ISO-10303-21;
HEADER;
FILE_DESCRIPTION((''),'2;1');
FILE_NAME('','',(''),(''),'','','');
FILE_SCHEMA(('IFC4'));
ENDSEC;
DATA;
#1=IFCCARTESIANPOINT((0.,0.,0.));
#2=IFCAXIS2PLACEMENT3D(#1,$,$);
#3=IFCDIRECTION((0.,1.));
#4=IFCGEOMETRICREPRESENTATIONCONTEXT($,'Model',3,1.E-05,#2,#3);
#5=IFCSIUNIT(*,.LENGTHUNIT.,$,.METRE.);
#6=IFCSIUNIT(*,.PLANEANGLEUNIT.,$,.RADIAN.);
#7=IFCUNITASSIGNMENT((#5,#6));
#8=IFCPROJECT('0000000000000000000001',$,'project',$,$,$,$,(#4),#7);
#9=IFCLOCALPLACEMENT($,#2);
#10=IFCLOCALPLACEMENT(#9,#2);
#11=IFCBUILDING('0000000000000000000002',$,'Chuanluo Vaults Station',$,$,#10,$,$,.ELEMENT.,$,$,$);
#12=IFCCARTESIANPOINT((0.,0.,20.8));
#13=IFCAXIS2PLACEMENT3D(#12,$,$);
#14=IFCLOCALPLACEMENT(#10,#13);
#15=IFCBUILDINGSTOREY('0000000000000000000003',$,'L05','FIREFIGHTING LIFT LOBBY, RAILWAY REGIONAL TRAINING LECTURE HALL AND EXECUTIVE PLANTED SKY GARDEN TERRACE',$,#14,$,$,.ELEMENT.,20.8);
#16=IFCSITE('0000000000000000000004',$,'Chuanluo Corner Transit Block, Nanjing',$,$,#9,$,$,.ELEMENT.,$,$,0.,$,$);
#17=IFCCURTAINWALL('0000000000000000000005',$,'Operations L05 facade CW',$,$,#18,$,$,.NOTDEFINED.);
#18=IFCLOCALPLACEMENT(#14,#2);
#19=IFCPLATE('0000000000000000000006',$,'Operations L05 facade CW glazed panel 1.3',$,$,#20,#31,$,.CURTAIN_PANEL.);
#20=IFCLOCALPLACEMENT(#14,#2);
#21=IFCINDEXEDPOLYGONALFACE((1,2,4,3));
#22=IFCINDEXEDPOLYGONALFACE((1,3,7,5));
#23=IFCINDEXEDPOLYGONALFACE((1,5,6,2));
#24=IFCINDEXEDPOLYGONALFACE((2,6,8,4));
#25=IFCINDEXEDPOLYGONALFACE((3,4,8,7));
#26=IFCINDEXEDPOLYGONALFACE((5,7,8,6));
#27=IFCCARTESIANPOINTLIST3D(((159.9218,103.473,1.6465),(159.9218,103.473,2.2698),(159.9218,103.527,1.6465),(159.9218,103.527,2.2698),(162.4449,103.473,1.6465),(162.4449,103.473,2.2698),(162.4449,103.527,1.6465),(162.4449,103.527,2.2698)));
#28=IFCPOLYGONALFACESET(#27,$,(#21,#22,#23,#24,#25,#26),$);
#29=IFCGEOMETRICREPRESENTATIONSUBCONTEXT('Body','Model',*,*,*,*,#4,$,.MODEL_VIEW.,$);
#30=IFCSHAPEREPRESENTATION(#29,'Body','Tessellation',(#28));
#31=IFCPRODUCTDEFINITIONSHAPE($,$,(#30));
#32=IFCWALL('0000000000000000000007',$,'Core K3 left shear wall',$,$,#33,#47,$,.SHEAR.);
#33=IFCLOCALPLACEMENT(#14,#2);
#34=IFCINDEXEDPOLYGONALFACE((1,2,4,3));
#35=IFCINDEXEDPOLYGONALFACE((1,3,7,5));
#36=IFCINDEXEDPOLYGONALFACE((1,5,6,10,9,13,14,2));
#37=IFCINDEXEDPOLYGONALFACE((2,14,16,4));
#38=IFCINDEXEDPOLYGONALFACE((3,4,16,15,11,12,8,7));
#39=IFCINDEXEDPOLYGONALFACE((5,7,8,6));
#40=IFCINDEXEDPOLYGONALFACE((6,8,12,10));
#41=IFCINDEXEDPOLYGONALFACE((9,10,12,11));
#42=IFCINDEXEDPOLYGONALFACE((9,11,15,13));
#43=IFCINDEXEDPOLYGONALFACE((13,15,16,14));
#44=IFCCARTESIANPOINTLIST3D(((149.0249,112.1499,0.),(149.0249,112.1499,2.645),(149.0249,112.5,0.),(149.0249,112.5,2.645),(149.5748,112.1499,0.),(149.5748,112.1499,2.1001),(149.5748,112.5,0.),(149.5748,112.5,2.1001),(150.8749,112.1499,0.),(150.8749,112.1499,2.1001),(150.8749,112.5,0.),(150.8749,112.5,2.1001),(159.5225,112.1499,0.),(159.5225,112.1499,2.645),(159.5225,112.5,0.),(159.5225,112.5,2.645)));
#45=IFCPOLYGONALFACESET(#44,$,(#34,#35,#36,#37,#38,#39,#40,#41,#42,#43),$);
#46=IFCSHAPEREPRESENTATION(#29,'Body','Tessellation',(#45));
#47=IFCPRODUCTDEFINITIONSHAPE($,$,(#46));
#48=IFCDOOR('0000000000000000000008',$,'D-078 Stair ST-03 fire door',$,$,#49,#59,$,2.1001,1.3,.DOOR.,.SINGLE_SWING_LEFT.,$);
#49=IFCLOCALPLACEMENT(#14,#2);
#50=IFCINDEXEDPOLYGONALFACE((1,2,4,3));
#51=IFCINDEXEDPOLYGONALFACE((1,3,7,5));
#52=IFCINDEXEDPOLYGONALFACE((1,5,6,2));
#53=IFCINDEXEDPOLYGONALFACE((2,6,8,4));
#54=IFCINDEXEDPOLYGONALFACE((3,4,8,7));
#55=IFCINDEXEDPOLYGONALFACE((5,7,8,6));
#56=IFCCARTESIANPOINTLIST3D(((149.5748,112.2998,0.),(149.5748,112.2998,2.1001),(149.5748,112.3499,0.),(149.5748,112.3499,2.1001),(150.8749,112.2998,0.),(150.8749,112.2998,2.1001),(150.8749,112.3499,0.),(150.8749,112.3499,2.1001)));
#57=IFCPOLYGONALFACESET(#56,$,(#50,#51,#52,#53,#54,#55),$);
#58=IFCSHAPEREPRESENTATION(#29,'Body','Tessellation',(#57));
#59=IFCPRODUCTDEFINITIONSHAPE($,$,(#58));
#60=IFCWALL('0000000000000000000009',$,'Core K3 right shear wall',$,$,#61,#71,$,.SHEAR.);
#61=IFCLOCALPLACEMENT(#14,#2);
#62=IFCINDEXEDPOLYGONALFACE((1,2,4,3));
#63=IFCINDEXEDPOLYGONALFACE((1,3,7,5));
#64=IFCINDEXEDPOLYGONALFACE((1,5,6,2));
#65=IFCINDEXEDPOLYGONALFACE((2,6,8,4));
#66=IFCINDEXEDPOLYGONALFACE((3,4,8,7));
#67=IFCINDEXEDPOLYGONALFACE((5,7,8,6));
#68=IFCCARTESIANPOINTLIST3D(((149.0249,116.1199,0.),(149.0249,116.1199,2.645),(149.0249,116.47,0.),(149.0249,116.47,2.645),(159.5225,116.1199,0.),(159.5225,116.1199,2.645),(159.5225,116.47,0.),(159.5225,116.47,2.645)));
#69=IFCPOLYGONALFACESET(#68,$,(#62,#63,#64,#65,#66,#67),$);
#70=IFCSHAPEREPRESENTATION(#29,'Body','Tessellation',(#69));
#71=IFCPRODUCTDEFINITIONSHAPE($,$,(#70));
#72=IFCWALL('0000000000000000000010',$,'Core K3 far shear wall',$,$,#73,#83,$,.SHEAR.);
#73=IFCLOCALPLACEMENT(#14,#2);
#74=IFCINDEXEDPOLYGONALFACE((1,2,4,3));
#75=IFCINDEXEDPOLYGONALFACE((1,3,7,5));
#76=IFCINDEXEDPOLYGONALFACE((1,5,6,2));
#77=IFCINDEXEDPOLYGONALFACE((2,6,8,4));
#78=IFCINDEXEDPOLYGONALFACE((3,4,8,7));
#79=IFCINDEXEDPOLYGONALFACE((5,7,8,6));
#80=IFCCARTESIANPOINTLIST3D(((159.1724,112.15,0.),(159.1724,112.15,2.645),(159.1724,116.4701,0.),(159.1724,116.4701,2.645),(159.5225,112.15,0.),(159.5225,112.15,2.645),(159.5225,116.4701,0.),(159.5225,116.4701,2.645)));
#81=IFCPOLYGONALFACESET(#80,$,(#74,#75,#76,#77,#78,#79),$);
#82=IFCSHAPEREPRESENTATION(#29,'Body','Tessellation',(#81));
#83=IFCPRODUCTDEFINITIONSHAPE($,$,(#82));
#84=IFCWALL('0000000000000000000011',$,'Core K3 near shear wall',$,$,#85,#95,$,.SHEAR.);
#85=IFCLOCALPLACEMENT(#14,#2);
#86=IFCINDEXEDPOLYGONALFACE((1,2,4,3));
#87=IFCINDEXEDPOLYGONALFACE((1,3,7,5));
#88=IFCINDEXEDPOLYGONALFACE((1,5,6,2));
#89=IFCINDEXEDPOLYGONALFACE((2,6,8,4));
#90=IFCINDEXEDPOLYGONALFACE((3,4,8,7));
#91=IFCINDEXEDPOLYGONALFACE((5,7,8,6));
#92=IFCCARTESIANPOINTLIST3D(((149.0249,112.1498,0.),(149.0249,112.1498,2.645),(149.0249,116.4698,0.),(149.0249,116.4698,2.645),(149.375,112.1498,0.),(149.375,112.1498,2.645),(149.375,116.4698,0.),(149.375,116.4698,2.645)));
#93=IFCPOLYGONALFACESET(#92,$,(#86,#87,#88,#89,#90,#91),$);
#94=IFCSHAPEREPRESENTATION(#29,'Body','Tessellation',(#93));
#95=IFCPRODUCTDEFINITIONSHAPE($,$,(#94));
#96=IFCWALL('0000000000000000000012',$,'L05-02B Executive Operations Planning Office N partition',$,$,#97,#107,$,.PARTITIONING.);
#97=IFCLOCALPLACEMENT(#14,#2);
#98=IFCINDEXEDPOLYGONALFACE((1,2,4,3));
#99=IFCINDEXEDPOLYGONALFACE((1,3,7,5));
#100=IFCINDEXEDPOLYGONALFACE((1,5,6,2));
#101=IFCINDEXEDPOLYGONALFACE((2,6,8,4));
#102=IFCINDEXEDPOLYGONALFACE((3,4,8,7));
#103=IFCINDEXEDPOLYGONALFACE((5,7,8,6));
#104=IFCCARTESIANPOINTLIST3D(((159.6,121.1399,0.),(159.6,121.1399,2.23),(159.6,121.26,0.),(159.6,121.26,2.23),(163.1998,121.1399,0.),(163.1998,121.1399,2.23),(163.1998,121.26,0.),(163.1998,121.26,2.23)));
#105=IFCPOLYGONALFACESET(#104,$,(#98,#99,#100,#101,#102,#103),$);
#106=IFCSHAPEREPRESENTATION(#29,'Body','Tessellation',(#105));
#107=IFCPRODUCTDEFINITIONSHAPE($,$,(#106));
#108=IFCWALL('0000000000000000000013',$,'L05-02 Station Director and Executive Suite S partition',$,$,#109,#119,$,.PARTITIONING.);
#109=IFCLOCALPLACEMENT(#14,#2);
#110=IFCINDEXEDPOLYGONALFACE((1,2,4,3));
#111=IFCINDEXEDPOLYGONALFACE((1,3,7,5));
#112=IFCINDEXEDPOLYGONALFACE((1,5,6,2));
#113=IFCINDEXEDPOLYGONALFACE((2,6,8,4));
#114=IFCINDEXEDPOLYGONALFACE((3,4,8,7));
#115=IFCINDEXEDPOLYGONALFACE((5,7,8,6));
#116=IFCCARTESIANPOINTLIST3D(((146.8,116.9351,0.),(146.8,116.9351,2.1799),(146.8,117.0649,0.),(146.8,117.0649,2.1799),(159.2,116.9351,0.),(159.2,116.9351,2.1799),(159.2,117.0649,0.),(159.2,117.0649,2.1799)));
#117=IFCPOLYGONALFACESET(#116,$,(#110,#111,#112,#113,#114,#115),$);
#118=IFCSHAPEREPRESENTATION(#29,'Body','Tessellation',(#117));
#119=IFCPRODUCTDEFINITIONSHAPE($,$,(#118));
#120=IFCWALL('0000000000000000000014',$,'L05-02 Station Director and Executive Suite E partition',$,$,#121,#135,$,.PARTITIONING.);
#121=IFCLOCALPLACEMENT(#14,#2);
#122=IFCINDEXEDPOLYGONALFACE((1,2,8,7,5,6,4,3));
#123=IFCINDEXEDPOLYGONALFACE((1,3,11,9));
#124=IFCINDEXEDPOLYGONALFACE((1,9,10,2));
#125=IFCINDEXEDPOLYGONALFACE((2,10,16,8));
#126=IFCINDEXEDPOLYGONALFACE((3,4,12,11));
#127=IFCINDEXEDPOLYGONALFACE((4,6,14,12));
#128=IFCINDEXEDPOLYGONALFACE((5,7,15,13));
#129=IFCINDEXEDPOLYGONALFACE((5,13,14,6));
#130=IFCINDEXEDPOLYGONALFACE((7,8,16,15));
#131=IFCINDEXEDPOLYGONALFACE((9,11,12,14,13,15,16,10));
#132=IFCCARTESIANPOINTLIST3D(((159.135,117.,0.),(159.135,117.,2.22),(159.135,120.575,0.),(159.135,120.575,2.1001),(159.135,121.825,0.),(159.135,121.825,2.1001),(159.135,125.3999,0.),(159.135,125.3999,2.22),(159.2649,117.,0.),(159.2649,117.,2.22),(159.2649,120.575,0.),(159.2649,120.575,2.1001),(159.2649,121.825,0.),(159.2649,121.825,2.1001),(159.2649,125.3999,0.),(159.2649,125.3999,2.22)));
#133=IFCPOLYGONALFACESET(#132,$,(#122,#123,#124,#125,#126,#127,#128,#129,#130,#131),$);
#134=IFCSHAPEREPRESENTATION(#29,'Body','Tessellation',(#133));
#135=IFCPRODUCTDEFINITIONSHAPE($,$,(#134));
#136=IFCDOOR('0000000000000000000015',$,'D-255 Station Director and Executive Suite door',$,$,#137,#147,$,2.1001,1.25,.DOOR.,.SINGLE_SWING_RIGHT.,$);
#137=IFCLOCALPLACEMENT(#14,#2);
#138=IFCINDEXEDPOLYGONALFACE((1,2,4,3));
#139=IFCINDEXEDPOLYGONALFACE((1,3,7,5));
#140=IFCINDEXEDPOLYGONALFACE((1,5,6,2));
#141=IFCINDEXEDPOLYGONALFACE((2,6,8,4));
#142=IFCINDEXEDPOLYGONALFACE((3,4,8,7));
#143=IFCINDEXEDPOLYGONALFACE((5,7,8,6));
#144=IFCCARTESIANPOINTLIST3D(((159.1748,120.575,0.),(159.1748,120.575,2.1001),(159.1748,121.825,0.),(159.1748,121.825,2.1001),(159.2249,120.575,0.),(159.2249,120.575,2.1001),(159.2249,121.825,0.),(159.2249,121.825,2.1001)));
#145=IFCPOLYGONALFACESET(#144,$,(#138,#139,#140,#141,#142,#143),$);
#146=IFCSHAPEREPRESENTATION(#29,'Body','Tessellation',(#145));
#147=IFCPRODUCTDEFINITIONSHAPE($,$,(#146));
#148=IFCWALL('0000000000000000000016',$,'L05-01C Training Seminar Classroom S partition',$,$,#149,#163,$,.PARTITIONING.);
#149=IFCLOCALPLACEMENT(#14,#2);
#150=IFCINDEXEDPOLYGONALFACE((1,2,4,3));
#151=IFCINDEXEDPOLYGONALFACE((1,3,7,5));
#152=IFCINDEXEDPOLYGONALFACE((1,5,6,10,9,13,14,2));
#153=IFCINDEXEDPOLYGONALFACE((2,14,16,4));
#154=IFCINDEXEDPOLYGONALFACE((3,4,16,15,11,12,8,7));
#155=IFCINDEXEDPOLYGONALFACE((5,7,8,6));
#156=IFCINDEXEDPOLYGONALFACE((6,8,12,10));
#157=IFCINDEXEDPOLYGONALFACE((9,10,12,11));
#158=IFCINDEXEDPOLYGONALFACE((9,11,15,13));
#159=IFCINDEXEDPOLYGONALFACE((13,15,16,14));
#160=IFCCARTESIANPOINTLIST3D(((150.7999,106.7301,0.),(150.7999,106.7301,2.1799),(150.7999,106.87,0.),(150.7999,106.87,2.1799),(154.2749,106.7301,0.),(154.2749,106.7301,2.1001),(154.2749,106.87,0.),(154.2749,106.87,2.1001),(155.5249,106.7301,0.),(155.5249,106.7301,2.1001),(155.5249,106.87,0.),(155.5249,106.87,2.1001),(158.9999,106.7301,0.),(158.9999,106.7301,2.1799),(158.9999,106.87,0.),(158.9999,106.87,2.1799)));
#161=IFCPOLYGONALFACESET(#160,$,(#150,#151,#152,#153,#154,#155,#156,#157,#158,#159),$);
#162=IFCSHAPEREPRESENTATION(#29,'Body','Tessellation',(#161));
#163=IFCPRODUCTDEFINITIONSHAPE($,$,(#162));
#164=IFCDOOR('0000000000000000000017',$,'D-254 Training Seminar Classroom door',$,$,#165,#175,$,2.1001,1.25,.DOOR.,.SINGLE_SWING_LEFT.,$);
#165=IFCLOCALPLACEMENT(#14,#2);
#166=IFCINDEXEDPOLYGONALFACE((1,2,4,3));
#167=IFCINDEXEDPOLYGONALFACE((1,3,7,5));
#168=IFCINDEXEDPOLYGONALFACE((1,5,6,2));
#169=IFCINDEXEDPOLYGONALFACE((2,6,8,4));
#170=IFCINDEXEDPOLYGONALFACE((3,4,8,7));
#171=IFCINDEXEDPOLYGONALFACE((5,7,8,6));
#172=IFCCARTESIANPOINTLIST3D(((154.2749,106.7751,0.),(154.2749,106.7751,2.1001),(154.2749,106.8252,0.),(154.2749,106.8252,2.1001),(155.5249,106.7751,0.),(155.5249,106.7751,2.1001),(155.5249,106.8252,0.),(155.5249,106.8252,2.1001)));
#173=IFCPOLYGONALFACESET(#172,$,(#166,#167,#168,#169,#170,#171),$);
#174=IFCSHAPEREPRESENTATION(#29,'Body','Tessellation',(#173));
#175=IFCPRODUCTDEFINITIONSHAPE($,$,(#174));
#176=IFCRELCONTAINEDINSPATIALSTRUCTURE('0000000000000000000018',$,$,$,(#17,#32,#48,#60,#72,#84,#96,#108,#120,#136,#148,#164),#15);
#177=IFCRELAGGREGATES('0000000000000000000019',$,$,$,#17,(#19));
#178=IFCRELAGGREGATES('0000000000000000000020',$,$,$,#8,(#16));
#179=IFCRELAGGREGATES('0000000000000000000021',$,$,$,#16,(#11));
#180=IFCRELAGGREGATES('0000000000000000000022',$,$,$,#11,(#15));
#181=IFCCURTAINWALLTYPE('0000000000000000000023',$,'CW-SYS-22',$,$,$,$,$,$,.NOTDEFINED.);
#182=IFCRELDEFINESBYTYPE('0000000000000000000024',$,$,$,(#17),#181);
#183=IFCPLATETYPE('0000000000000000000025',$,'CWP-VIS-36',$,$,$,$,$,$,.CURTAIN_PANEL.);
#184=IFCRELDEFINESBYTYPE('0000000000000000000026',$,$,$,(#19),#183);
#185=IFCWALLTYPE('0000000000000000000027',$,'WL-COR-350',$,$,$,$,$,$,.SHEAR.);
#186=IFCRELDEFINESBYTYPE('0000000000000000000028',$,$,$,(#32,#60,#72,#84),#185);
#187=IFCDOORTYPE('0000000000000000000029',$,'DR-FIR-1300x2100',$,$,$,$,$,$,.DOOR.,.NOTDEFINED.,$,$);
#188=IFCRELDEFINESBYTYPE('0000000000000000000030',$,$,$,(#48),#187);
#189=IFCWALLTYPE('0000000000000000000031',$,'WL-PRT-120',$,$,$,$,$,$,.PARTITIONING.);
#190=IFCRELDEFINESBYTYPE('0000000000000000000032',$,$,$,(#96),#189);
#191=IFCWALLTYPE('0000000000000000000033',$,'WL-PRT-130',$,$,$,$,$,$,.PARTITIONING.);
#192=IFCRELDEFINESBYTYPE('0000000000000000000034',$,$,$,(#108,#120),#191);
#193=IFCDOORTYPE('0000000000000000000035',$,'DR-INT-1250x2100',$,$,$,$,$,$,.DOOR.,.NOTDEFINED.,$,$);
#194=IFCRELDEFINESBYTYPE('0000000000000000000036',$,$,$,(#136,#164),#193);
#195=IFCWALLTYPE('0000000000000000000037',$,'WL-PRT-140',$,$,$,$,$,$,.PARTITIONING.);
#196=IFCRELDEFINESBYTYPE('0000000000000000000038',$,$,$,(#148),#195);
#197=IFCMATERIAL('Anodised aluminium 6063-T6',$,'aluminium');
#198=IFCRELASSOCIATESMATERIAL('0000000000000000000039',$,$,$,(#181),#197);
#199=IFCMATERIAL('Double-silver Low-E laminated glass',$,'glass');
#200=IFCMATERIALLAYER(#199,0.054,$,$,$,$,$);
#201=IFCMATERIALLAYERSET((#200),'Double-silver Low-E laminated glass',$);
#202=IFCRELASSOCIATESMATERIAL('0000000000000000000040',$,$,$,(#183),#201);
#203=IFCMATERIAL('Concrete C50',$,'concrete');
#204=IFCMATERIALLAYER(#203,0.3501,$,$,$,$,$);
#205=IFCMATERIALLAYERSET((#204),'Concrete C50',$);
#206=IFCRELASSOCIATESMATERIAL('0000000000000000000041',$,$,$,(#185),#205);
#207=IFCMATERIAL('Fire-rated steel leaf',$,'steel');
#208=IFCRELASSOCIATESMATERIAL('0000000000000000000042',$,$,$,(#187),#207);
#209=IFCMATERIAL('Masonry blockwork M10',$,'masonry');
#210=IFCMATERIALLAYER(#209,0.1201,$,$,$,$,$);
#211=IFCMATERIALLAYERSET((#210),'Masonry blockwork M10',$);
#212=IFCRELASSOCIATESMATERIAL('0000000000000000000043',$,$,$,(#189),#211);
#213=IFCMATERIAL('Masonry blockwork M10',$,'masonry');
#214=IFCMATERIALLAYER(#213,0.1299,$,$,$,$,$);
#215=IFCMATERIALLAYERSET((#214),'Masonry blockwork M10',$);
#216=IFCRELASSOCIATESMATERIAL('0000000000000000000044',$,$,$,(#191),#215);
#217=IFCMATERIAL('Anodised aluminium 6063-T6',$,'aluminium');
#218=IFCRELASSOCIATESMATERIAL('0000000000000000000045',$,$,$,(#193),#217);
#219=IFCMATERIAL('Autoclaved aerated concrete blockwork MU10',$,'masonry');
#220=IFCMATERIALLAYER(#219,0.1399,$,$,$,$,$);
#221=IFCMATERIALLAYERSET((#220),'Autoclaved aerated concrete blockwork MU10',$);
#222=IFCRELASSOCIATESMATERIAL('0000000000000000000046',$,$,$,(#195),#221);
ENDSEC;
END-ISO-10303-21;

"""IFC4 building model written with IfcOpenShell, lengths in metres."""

from ifc_helpers import new_model, si_unit, direction, frame, frame_2d, origin, origin_2d, place, context, subcontext, project, spatial, rectangle, extrude, material, layer, layer_set, type_object, element, fill, aggregate, save


model = new_model("IFC4")

# Units and contexts
model_context = context("Model", 3, precision=1e-05, world=origin(), true_north=direction((0.0, 1.0)))
body_context = subcontext(model_context, "Body", "Model", "MODEL_VIEW")
ifc_project = project(units=[si_unit("LENGTHUNIT", "METRE"), si_unit("PLANEANGLEUNIT", "RADIAN")], contexts=[model_context])

# Site, building, storey
site_placement = place(None, origin())
site = spatial("IfcSite", under=ifc_project, at=site_placement, Name="Chuanluo Corner Transit Block, Nanjing", CompositionType="ELEMENT", RefElevation=0.0)
building_placement = place(site_placement, origin())
building = spatial("IfcBuilding", under=site, at=building_placement, Name="Chuanluo Vaults Station", CompositionType="ELEMENT")
storey_placement = place(building_placement, frame((0.0, 0.0, 20.8)))
storey = spatial("IfcBuildingStorey", under=building, at=storey_placement, Name="L05", Description="FIREFIGHTING LIFT LOBBY, RAILWAY REGIONAL TRAINING LECTURE HALL AND EXECUTIVE PLANTED SKY GARDEN TERRACE", CompositionType="ELEMENT", Elevation=20.8)

# Curtain wall, plate
ifc_material_1 = material(Name="Anodised aluminium 6063-T6", Category="aluminium")
curtain_wall_type_1 = type_object("IfcCurtainWallType", Name="CW-SYS-22", PredefinedType="NOTDEFINED", material=ifc_material_1)
curtain_wall_1_placement = place(storey_placement, origin())
curtain_wall_1 = element("IfcCurtainWall", 1, at=curtain_wall_1_placement, inside=storey, type_object=curtain_wall_type_1, Name="Operations L05 facade CW", PredefinedType="NOTDEFINED")
ifc_material_2 = material(Name="Double-silver Low-E laminated glass", Category="glass")
ifc_layer_1 = layer(ifc_material_2, 0.054)
ifc_layer_set_1 = layer_set([ifc_layer_1], Name="Double-silver Low-E laminated glass")
plate_type_1 = type_object("IfcPlateType", Name="CWP-VIS-36", PredefinedType="CURTAIN_PANEL", material=ifc_layer_set_1)
plate_1_placement = place(storey_placement, frame((161.1833, 103.5, 1.6465), z_axis=(0.0, 0.0, 1.0), x_axis=(-1.0, 0.0, 0.0)))
plate_1 = element("IfcPlate", 2, at=plate_1_placement, type_object=plate_type_1, Name="Operations L05 facade CW glazed panel 1.3", PredefinedType="CURTAIN_PANEL", context=body_context, shape_type="SweptSolid", body=[
    extrude(rectangle(XDim=2.5232, YDim=0.054, at=origin_2d()), origin(), (0.0, 0.0, 1.0), 0.6233),
])
aggregate(curtain_wall_1, [plate_1])

# Wall, opening, door
ifc_material_3 = material(Name="Concrete C50", Category="concrete")
ifc_layer_2 = layer(ifc_material_3, 0.3501)
ifc_layer_set_2 = layer_set([ifc_layer_2], Name="Concrete C50")
wall_type_1 = type_object("IfcWallType", Name="WL-COR-350", PredefinedType="SHEAR", material=ifc_layer_set_2)
wall_1_placement = place(storey_placement, frame((149.0249, 112.325, 0.0), z_axis=(0.0, 0.0, 1.0), x_axis=(1.0, 0.0, 0.0)))
wall_1 = element("IfcWall", 3, at=wall_1_placement, inside=storey, type_object=wall_type_1, Name="Core K3 left shear wall", PredefinedType="SHEAR", context=body_context, shape_type="SweptSolid", body=[
    extrude(rectangle(XDim=10.4976, YDim=0.3501, at=frame_2d((5.2488, 0.0))), origin(), (0.0, 0.0, 1.0), 2.645),
])
opening_1_placement = place(wall_1_placement, frame((0.55, 0.0, 0.0)))
opening_1 = element("IfcOpeningElement", 4, at=opening_1_placement, cuts=wall_1, PredefinedType="OPENING", context=body_context, shape_type="SweptSolid", body=[
    extrude(rectangle(XDim=1.3, YDim=2.1001, at=frame_2d((0.6499, 1.05))), frame((0.0, 0.185, 0.0), z_axis=(0.0, -1.0, 0.0), x_axis=(1.0, 0.0, 0.0)), (0.0, 0.0, 1.0), 0.3701),
])
ifc_material_4 = material(Name="Fire-rated steel leaf", Category="steel")
door_type_1 = type_object("IfcDoorType", Name="DR-FIR-1300x2100", OperationType="NOTDEFINED", PredefinedType="DOOR", material=ifc_material_4)
door_1_placement = place(opening_1_placement, origin())
door_1 = element("IfcDoor", 5, at=door_1_placement, inside=storey, type_object=door_type_1, Name="D-078 Stair ST-03 fire door", OperationType="SINGLE_SWING_LEFT", OverallHeight=2.1001, OverallWidth=1.3, PredefinedType="DOOR", context=body_context, shape_type="SweptSolid", body=[
    extrude(rectangle(XDim=1.3, YDim=2.1001, at=frame_2d((0.6499, 1.05))), frame((0.0, 0.0249, 0.0), z_axis=(0.0, -1.0, 0.0), x_axis=(1.0, 0.0, 0.0)), (0.0, 0.0, 1.0), 0.05),
])
fill(opening_1, door_1)

# Walls
wall_2_placement = place(storey_placement, frame((159.5225, 116.2949, 0.0), z_axis=(0.0, 0.0, 1.0), x_axis=(-1.0, 0.0, 0.0)))
element("IfcWall", 6, at=wall_2_placement, inside=storey, type_object=wall_type_1, Name="Core K3 right shear wall", PredefinedType="SHEAR", context=body_context, shape_type="SweptSolid", body=[
    extrude(rectangle(XDim=10.4976, YDim=0.3501, at=frame_2d((5.2488, 0.0))), origin(), (0.0, 0.0, 1.0), 2.645),
])
for number, where, z_axis, x_axis, name in (
    (7, (159.3474, 112.1499, 0.0), (0.0, 0.0, 1.0), (0.0, 1.0, 0.0), "Core K3 far shear wall"),
    (8, (149.2, 116.47, 0.0), (0.0, 0.0, 1.0), (0.0, -1.0, 0.0), "Core K3 near shear wall"),
):
    element("IfcWall", number, at=place(storey_placement, frame(where, z_axis=z_axis, x_axis=x_axis)), inside=storey, type_object=wall_type_1, Name=name, PredefinedType="SHEAR", context=body_context, shape_type="SweptSolid", body=[
        extrude(rectangle(XDim=4.3201, YDim=0.3501, at=frame_2d((2.1602, 0.0))), origin(), (0.0, 0.0, 1.0), 2.645),
    ])
ifc_material_5 = material(Name="Masonry blockwork M10", Category="masonry")
ifc_layer_3 = layer(ifc_material_5, 0.1201)
ifc_layer_set_3 = layer_set([ifc_layer_3], Name="Masonry blockwork M10")
wall_type_2 = type_object("IfcWallType", Name="WL-PRT-120", PredefinedType="PARTITIONING", material=ifc_layer_set_3)
wall_3_placement = place(storey_placement, frame((159.6001, 121.2, 0.0), z_axis=(0.0, 0.0, 1.0), x_axis=(1.0, 0.0, 0.0)))
element("IfcWall", 9, at=wall_3_placement, inside=storey, type_object=wall_type_2, Name="L05-02B Executive Operations Planning Office N partition", PredefinedType="PARTITIONING", context=body_context, shape_type="SweptSolid", body=[
    extrude(rectangle(XDim=3.5999, YDim=0.1201, at=frame_2d((1.7998, 0.0))), origin(), (0.0, 0.0, 1.0), 2.23),
])
ifc_material_6 = material(Name="Masonry blockwork M10", Category="masonry")
ifc_layer_4 = layer(ifc_material_6, 0.1299)
ifc_layer_set_4 = layer_set([ifc_layer_4], Name="Masonry blockwork M10")
wall_type_3 = type_object("IfcWallType", Name="WL-PRT-130", PredefinedType="PARTITIONING", material=ifc_layer_set_4)
wall_4_placement = place(storey_placement, frame((159.2, 117.0, 0.0), z_axis=(0.0, 0.0, 1.0), x_axis=(-1.0, 0.0, 0.0)))
element("IfcWall", 10, at=wall_4_placement, inside=storey, type_object=wall_type_3, Name="L05-02 Station Director and Executive Suite S partition", PredefinedType="PARTITIONING", context=body_context, shape_type="SweptSolid", body=[
    extrude(rectangle(XDim=12.3999, YDim=0.1299, at=frame_2d((6.2, 0.0))), origin(), (0.0, 0.0, 1.0), 2.1799),
])

# Walls, openings, doors
wall_5_placement = place(storey_placement, frame((159.2, 125.3999, 0.0), z_axis=(0.0, 0.0, 1.0), x_axis=(0.0, -1.0, 0.0)))
wall_5 = element("IfcWall", 11, at=wall_5_placement, inside=storey, type_object=wall_type_3, Name="L05-02 Station Director and Executive Suite E partition", PredefinedType="PARTITIONING", context=body_context, shape_type="SweptSolid", body=[
    extrude(rectangle(XDim=8.3999, YDim=0.1299, at=frame_2d((4.2, 0.0))), origin(), (0.0, 0.0, 1.0), 2.22),
])
opening_2_placement = place(wall_5_placement, frame((3.575, 0.0, 0.0)))
opening_2 = element("IfcOpeningElement", 12, at=opening_2_placement, cuts=wall_5, PredefinedType="OPENING", context=body_context, shape_type="SweptSolid", body=[
    extrude(rectangle(XDim=1.25, YDim=2.1001, at=frame_2d((0.625, 1.05))), frame((0.0, 0.0749, 0.0), z_axis=(0.0, -1.0, 0.0), x_axis=(1.0, 0.0, 0.0)), (0.0, 0.0, 1.0), 0.1499),
])
ifc_material_7 = material(Name="Anodised aluminium 6063-T6", Category="aluminium")
door_type_2 = type_object("IfcDoorType", Name="DR-INT-1250x2100", OperationType="NOTDEFINED", PredefinedType="DOOR", material=ifc_material_7)
door_2_placement = place(opening_2_placement, origin())
door_2 = element("IfcDoor", 13, at=door_2_placement, inside=storey, type_object=door_type_2, Name="D-255 Station Director and Executive Suite door", OperationType="SINGLE_SWING_RIGHT", OverallHeight=2.1001, OverallWidth=1.25, PredefinedType="DOOR", context=body_context, shape_type="SweptSolid", body=[
    extrude(rectangle(XDim=1.25, YDim=2.1001, at=frame_2d((0.625, 1.05))), frame((0.0, 0.0249, 0.0), z_axis=(0.0, -1.0, 0.0), x_axis=(1.0, 0.0, 0.0)), (0.0, 0.0, 1.0), 0.05),
])
fill(opening_2, door_2)
ifc_material_8 = material(Name="Autoclaved aerated concrete blockwork MU10", Category="masonry")
ifc_layer_5 = layer(ifc_material_8, 0.1399)
ifc_layer_set_5 = layer_set([ifc_layer_5], Name="Autoclaved aerated concrete blockwork MU10")
wall_type_4 = type_object("IfcWallType", Name="WL-PRT-140", PredefinedType="PARTITIONING", material=ifc_layer_set_5)
wall_6_placement = place(storey_placement, frame((159.0, 106.8, 0.0), z_axis=(0.0, 0.0, 1.0), x_axis=(-1.0, 0.0, 0.0)))
wall_6 = element("IfcWall", 14, at=wall_6_placement, inside=storey, type_object=wall_type_4, Name="L05-01C Training Seminar Classroom S partition", PredefinedType="PARTITIONING", context=body_context, shape_type="SweptSolid", body=[
    extrude(rectangle(XDim=8.2, YDim=0.1399, at=frame_2d((4.1001, 0.0))), origin(), (0.0, 0.0, 1.0), 2.1799),
])
opening_3_placement = place(wall_6_placement, frame((3.4751, 0.0, 0.0)))
opening_3 = element("IfcOpeningElement", 15, at=opening_3_placement, cuts=wall_6, PredefinedType="OPENING", context=body_context, shape_type="SweptSolid", body=[
    extrude(rectangle(XDim=1.25, YDim=2.1001, at=frame_2d((0.625, 1.05))), frame((0.0, 0.0798, 0.0), z_axis=(0.0, -1.0, 0.0), x_axis=(1.0, 0.0, 0.0)), (0.0, 0.0, 1.0), 0.1599),
])
door_3_placement = place(opening_3_placement, origin())
door_3 = element("IfcDoor", 16, at=door_3_placement, inside=storey, type_object=door_type_2, Name="D-254 Training Seminar Classroom door", OperationType="SINGLE_SWING_LEFT", OverallHeight=2.1001, OverallWidth=1.25, PredefinedType="DOOR", context=body_context, shape_type="SweptSolid", body=[
    extrude(rectangle(XDim=1.25, YDim=2.1001, at=frame_2d((0.625, 1.05))), frame((0.0, 0.0249, 0.0), z_axis=(0.0, -1.0, 0.0), x_axis=(1.0, 0.0, 0.0)), (0.0, 0.0, 1.0), 0.05),
])
fill(opening_3, door_3)

save(model, "model.ifc")
